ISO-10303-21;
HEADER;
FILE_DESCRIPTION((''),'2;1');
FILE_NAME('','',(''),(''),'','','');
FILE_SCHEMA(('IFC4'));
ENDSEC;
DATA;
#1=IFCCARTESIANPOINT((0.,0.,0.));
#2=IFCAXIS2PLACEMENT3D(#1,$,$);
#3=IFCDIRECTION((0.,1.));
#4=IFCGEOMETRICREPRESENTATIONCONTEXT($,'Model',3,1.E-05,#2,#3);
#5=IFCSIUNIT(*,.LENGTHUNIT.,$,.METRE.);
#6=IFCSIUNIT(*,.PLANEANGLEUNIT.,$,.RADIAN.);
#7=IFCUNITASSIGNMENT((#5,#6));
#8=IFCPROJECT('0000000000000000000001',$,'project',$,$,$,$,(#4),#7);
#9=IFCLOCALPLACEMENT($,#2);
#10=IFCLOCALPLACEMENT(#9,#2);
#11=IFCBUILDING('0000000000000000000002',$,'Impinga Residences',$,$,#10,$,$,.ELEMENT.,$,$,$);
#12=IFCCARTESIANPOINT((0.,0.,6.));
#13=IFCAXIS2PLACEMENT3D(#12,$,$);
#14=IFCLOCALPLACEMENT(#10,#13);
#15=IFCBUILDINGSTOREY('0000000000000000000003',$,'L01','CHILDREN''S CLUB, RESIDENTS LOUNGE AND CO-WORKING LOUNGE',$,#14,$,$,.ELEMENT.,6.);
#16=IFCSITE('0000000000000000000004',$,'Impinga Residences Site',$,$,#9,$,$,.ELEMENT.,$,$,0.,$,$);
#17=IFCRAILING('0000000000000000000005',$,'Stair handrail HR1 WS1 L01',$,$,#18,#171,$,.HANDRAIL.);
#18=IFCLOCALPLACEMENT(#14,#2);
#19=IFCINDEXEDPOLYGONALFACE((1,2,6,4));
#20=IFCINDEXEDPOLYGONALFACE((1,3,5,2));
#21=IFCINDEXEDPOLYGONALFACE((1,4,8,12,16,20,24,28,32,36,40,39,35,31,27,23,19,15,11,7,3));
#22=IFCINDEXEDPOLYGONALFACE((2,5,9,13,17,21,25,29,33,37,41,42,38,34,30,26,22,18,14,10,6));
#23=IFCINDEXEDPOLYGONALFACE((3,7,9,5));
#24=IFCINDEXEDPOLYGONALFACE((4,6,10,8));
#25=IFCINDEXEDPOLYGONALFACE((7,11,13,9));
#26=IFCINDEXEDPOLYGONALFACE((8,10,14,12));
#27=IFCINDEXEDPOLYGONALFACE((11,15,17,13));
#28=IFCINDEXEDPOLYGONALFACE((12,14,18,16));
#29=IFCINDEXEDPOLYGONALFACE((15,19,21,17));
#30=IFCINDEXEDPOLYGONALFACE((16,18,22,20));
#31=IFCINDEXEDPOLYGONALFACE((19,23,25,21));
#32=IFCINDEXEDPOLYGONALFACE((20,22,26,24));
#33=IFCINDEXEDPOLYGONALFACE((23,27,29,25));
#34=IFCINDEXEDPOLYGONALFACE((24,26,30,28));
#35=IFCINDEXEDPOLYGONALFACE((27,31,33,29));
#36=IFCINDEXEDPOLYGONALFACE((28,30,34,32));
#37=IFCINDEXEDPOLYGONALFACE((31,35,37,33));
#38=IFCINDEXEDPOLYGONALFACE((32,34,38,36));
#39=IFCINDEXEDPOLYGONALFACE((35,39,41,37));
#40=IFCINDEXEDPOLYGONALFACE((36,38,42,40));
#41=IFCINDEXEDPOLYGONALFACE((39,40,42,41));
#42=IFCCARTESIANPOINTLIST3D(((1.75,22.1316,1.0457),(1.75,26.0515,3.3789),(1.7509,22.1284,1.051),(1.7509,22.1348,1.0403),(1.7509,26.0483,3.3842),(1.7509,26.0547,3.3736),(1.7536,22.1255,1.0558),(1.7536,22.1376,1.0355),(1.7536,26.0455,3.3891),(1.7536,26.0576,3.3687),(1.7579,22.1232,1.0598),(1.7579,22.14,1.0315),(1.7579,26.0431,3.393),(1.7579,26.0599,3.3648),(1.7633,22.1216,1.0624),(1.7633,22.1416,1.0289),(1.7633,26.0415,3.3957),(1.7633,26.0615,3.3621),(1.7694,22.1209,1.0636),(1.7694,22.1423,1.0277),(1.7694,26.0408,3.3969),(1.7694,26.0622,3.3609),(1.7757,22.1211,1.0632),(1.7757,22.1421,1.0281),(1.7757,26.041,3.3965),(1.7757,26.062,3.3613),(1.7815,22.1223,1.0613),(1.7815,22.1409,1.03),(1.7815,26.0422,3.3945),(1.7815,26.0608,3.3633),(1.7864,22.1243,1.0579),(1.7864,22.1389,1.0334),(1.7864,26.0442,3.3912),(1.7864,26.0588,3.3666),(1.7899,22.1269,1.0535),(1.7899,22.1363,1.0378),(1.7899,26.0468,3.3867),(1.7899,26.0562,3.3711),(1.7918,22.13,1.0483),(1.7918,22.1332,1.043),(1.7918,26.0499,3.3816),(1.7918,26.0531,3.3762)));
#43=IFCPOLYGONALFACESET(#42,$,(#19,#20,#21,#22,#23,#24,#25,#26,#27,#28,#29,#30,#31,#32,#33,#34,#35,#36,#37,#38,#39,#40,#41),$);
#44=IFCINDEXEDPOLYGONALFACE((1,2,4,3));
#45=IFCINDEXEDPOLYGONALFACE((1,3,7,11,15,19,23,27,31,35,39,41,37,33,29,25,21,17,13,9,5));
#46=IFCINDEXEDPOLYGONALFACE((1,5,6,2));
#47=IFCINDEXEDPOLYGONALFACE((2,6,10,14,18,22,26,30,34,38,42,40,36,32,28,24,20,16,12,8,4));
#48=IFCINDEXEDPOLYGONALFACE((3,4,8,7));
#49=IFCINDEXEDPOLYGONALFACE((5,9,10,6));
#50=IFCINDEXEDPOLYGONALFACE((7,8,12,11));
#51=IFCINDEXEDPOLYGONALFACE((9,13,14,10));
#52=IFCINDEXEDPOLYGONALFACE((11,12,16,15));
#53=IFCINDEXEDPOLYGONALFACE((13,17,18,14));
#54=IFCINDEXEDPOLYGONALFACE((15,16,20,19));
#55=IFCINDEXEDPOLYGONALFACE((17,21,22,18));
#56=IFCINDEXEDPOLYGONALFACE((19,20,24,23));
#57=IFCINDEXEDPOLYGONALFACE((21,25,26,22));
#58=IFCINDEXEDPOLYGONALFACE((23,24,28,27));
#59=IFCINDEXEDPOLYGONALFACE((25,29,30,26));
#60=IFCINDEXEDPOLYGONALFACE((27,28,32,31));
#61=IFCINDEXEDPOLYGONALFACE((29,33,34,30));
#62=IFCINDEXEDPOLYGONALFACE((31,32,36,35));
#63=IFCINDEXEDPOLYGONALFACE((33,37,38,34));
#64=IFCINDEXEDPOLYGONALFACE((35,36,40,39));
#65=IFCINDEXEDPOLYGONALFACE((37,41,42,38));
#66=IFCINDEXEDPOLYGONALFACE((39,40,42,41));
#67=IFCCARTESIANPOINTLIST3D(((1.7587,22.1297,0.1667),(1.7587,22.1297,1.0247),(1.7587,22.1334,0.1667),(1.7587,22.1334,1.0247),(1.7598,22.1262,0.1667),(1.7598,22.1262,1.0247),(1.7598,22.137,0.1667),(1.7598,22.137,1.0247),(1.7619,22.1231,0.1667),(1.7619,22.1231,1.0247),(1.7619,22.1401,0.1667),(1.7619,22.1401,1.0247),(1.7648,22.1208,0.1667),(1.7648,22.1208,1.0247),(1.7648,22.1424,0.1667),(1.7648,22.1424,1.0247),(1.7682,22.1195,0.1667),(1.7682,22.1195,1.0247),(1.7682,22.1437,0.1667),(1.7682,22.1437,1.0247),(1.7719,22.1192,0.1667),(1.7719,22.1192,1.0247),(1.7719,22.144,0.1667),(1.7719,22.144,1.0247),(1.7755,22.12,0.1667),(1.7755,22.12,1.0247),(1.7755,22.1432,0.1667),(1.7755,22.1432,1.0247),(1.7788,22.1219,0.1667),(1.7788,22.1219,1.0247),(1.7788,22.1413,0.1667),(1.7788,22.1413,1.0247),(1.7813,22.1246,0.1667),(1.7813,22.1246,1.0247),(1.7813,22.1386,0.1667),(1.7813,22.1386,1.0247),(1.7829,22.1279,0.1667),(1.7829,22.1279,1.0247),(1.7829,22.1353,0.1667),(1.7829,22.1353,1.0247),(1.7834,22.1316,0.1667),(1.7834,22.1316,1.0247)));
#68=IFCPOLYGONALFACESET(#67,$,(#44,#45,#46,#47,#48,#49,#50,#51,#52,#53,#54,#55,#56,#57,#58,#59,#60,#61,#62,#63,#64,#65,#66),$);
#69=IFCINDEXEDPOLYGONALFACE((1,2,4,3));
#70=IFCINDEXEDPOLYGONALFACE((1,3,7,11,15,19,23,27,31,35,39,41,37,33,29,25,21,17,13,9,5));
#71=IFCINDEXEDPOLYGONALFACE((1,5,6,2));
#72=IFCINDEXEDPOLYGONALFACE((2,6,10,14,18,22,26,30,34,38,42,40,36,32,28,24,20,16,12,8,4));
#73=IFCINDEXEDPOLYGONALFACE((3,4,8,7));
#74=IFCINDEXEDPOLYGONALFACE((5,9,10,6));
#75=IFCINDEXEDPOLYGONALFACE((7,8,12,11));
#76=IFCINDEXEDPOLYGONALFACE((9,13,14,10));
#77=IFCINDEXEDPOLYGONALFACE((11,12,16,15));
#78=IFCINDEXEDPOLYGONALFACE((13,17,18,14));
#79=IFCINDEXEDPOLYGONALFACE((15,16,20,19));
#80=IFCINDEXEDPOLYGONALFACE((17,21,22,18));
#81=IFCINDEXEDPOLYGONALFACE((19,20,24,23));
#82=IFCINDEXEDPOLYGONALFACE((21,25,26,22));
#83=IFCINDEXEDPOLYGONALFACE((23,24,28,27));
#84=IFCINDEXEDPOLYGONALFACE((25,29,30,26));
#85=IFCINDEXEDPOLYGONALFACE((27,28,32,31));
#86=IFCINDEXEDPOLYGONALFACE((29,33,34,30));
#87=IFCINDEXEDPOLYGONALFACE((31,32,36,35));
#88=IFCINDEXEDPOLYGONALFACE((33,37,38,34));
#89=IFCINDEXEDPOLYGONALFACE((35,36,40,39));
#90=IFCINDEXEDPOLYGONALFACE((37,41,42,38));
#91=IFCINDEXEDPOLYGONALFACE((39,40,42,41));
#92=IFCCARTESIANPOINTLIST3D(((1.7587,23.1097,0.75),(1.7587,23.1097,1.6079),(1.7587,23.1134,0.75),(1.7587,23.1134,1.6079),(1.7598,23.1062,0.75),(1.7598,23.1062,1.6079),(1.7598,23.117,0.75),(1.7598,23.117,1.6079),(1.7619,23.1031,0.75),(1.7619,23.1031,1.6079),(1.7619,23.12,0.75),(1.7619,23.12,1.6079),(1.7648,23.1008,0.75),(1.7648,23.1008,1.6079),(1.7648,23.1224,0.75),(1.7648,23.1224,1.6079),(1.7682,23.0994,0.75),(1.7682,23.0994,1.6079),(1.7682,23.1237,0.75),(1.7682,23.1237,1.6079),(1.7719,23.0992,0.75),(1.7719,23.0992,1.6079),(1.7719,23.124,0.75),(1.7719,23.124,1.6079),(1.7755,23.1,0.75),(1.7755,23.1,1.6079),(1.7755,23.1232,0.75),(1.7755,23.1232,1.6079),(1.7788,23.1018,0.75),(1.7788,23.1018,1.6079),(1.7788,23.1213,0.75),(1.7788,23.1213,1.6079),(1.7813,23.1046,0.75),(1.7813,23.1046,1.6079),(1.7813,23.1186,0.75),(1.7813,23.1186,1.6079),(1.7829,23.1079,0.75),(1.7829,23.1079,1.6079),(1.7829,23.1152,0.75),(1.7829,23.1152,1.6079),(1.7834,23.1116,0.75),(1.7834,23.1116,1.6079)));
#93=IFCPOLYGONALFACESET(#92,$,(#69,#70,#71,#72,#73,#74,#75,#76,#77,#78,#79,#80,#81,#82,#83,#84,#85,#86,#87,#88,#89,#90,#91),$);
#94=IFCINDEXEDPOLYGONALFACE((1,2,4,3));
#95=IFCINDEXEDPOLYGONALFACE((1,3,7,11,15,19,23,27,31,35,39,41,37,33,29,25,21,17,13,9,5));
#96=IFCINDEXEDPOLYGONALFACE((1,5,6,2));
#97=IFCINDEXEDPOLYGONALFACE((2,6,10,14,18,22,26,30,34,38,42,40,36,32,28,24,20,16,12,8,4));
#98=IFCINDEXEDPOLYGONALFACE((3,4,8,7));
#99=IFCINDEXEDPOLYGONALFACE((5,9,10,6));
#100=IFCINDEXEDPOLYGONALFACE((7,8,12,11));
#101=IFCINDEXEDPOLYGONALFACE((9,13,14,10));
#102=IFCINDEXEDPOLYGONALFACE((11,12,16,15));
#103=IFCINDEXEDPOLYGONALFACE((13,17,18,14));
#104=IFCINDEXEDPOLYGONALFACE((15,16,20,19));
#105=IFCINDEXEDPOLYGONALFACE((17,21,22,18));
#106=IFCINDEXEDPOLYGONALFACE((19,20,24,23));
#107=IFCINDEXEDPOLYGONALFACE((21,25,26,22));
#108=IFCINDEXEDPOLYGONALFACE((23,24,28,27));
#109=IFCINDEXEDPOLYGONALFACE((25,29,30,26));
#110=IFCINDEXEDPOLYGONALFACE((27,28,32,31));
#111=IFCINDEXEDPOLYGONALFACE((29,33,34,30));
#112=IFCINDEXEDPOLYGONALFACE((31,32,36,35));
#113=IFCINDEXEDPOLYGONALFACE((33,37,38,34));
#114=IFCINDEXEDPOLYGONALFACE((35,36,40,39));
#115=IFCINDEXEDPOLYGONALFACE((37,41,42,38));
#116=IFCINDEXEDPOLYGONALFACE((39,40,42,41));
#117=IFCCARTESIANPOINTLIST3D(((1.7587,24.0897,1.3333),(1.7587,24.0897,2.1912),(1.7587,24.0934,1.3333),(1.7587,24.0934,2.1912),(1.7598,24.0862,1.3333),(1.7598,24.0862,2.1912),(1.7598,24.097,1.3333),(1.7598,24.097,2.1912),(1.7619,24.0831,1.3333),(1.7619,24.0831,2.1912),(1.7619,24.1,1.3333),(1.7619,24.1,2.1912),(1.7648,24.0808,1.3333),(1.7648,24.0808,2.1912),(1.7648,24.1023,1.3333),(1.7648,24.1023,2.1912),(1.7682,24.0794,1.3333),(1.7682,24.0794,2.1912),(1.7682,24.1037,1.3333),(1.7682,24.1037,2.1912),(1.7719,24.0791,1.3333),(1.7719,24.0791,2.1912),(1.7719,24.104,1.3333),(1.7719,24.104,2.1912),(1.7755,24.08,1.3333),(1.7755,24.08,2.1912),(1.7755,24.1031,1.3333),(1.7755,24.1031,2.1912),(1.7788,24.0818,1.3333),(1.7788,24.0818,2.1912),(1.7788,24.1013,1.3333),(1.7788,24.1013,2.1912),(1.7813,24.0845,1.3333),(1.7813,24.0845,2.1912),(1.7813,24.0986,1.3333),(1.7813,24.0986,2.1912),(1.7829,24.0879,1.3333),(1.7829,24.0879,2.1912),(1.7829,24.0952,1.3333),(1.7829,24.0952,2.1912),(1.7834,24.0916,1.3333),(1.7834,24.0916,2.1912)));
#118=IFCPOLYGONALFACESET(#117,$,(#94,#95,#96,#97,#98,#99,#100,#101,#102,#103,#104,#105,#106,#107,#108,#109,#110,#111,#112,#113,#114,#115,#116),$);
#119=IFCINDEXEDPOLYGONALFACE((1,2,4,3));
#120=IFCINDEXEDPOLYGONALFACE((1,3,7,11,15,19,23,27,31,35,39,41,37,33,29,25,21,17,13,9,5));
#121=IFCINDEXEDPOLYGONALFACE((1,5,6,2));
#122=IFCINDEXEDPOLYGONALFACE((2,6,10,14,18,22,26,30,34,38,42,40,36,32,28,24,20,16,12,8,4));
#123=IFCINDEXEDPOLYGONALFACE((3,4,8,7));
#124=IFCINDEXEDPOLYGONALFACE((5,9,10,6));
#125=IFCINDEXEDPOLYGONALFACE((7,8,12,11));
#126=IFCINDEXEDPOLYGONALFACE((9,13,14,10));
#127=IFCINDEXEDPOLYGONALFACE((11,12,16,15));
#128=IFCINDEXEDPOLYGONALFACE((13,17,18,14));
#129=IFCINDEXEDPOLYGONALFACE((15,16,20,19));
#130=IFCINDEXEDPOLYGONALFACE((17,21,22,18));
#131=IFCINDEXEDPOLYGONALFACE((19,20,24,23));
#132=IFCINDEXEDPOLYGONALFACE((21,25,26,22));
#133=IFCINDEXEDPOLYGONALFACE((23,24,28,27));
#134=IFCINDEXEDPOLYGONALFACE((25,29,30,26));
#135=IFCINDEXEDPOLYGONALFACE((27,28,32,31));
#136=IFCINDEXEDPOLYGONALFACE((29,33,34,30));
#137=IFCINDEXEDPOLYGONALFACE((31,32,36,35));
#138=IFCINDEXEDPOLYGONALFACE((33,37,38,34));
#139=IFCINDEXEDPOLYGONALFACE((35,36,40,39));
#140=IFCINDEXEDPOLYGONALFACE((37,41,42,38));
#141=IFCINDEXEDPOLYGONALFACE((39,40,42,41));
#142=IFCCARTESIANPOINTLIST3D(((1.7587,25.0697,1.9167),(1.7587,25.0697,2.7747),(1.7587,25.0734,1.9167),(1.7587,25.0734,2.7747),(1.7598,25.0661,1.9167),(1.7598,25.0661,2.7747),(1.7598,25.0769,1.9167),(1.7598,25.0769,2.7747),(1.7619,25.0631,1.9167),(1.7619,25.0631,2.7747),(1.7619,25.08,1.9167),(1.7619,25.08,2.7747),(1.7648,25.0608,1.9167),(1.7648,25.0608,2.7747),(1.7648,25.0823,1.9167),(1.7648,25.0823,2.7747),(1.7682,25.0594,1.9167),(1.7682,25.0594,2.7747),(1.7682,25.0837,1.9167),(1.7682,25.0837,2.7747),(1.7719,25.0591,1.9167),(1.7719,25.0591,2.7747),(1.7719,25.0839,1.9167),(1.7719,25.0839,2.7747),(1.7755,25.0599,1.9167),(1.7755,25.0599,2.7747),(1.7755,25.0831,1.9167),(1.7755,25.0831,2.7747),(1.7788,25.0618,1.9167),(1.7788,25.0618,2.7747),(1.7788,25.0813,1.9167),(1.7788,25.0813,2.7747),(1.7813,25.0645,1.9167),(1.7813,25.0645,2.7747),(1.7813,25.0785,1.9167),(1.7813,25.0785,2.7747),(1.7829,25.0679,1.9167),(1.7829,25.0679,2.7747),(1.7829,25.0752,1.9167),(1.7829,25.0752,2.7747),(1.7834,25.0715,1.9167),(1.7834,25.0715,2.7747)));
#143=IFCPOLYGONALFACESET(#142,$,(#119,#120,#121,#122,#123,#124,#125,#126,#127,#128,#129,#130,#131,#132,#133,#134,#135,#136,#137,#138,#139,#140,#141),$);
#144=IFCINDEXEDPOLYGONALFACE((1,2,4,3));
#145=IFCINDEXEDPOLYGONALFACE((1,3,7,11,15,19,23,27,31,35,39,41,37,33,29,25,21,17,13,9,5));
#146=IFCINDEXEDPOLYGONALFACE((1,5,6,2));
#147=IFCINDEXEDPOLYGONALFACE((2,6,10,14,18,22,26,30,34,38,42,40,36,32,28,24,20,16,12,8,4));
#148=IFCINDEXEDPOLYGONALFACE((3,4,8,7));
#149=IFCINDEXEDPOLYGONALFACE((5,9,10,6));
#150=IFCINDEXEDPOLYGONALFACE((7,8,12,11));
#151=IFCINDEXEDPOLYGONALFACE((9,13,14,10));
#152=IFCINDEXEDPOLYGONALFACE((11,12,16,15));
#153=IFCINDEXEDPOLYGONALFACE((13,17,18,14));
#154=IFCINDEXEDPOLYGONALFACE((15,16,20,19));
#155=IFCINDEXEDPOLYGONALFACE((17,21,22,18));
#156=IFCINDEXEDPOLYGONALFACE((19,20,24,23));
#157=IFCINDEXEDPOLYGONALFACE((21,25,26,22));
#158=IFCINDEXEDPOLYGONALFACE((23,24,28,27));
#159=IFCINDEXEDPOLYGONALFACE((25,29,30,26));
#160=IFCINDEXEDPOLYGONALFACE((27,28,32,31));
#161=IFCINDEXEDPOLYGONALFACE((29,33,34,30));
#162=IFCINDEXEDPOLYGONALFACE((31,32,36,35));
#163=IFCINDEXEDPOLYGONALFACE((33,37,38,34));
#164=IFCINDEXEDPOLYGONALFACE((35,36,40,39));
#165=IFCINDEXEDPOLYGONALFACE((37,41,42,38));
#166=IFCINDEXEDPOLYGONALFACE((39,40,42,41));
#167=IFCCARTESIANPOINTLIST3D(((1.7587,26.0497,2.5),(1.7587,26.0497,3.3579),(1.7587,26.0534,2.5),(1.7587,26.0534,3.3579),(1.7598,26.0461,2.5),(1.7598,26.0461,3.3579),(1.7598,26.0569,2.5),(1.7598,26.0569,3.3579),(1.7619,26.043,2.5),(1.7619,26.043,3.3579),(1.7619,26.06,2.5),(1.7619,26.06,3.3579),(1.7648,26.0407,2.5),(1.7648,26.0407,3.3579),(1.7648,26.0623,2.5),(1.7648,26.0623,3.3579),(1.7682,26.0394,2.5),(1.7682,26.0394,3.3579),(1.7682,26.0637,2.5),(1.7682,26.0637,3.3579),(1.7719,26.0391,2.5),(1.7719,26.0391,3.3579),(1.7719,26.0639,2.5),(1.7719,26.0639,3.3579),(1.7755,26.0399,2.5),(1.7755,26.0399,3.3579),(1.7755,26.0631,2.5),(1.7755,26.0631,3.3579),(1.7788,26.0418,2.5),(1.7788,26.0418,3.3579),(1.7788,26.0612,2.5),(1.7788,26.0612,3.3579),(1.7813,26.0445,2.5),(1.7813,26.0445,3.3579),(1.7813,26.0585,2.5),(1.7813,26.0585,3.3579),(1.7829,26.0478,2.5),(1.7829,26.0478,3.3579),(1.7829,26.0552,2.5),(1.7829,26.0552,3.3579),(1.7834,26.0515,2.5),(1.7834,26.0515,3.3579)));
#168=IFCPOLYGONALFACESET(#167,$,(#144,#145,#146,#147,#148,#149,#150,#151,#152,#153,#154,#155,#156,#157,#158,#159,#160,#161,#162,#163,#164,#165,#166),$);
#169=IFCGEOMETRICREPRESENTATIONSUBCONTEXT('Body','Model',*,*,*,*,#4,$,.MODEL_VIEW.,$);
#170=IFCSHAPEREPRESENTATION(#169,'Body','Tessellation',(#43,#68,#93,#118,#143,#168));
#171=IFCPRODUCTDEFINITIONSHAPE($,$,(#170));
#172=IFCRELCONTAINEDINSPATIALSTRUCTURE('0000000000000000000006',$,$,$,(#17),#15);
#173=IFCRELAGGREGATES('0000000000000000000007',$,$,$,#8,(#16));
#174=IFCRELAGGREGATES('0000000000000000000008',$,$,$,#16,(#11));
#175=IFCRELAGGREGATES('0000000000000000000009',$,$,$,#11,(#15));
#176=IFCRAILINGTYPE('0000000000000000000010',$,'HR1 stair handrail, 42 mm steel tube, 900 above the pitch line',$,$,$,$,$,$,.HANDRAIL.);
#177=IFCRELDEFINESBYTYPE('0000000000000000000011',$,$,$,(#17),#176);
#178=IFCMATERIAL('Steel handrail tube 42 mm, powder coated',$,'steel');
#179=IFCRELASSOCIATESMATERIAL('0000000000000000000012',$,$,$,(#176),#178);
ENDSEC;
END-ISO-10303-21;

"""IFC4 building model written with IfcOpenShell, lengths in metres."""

from ifc_helpers import new_model, si_unit, direction, frame, origin, origin_2d, place, context, subcontext, project, spatial, circle, extrude, material, type_object, element, save


model = new_model("IFC4")

# Units and contexts
model_context = context("Model", 3, precision=1e-05, world=origin(), true_north=direction((0.0, 1.0)))
body_context = subcontext(model_context, "Body", "Model", "MODEL_VIEW")
ifc_project = project(units=[si_unit("LENGTHUNIT", "METRE"), si_unit("PLANEANGLEUNIT", "RADIAN")], contexts=[model_context])

# Site, building, storey
site_placement = place(None, origin())
site = spatial("IfcSite", under=ifc_project, at=site_placement, Name="Impinga Residences Site", CompositionType="ELEMENT", RefElevation=0.0)
building_placement = place(site_placement, origin())
building = spatial("IfcBuilding", under=site, at=building_placement, Name="Impinga Residences", CompositionType="ELEMENT")
storey_placement = place(building_placement, frame((0.0, 0.0, 6.0)))
storey = spatial("IfcBuildingStorey", under=building, at=storey_placement, Name="L01", Description="CHILDREN'S CLUB, RESIDENTS LOUNGE AND CO-WORKING LOUNGE", CompositionType="ELEMENT", Elevation=6.0)

# Railing
ifc_material_1 = material(Name="Steel handrail tube 42 mm, powder coated", Category="steel")
railing_type_1 = type_object("IfcRailingType", Name="HR1 stair handrail, 42 mm steel tube, 900 above the pitch line", PredefinedType="HANDRAIL", material=ifc_material_1)
railing_1_placement = place(storey_placement, frame((1.771, 22.1316, 0.1667)))
element("IfcRailing", 1, at=railing_1_placement, inside=storey, type_object=railing_type_1, Name="Stair handrail HR1 WS1 L01", PredefinedType="HANDRAIL", context=body_context, shape_type="SweptSolid", body=[
    extrude(circle(Radius=0.021, at=origin_2d()), frame((0.0, 0.0, 0.8789), z_axis=(0.0, 0.859296, 0.511478), x_axis=(-1.0, 0.0, 0.0)), (0.0, 0.0, 1.0), 4.5618),
    extrude(circle(Radius=0.0125, at=origin_2d()), origin(), (0.0, 0.0, 1.0), 0.8579),
    extrude(circle(Radius=0.0125, at=origin_2d()), frame((0.0, 0.98, 0.5833)), (0.0, 0.0, 1.0), 0.8579),
    extrude(circle(Radius=0.0125, at=origin_2d()), frame((0.0, 1.96, 1.1665)), (0.0, 0.0, 1.0), 0.8579),
    extrude(circle(Radius=0.0125, at=origin_2d()), frame((0.0, 2.9399, 1.75)), (0.0, 0.0, 1.0), 0.8579),
    extrude(circle(Radius=0.0125, at=origin_2d()), frame((0.0, 3.9199, 2.3333)), (0.0, 0.0, 1.0), 0.8579),
])

save(model, "model.ifc")
